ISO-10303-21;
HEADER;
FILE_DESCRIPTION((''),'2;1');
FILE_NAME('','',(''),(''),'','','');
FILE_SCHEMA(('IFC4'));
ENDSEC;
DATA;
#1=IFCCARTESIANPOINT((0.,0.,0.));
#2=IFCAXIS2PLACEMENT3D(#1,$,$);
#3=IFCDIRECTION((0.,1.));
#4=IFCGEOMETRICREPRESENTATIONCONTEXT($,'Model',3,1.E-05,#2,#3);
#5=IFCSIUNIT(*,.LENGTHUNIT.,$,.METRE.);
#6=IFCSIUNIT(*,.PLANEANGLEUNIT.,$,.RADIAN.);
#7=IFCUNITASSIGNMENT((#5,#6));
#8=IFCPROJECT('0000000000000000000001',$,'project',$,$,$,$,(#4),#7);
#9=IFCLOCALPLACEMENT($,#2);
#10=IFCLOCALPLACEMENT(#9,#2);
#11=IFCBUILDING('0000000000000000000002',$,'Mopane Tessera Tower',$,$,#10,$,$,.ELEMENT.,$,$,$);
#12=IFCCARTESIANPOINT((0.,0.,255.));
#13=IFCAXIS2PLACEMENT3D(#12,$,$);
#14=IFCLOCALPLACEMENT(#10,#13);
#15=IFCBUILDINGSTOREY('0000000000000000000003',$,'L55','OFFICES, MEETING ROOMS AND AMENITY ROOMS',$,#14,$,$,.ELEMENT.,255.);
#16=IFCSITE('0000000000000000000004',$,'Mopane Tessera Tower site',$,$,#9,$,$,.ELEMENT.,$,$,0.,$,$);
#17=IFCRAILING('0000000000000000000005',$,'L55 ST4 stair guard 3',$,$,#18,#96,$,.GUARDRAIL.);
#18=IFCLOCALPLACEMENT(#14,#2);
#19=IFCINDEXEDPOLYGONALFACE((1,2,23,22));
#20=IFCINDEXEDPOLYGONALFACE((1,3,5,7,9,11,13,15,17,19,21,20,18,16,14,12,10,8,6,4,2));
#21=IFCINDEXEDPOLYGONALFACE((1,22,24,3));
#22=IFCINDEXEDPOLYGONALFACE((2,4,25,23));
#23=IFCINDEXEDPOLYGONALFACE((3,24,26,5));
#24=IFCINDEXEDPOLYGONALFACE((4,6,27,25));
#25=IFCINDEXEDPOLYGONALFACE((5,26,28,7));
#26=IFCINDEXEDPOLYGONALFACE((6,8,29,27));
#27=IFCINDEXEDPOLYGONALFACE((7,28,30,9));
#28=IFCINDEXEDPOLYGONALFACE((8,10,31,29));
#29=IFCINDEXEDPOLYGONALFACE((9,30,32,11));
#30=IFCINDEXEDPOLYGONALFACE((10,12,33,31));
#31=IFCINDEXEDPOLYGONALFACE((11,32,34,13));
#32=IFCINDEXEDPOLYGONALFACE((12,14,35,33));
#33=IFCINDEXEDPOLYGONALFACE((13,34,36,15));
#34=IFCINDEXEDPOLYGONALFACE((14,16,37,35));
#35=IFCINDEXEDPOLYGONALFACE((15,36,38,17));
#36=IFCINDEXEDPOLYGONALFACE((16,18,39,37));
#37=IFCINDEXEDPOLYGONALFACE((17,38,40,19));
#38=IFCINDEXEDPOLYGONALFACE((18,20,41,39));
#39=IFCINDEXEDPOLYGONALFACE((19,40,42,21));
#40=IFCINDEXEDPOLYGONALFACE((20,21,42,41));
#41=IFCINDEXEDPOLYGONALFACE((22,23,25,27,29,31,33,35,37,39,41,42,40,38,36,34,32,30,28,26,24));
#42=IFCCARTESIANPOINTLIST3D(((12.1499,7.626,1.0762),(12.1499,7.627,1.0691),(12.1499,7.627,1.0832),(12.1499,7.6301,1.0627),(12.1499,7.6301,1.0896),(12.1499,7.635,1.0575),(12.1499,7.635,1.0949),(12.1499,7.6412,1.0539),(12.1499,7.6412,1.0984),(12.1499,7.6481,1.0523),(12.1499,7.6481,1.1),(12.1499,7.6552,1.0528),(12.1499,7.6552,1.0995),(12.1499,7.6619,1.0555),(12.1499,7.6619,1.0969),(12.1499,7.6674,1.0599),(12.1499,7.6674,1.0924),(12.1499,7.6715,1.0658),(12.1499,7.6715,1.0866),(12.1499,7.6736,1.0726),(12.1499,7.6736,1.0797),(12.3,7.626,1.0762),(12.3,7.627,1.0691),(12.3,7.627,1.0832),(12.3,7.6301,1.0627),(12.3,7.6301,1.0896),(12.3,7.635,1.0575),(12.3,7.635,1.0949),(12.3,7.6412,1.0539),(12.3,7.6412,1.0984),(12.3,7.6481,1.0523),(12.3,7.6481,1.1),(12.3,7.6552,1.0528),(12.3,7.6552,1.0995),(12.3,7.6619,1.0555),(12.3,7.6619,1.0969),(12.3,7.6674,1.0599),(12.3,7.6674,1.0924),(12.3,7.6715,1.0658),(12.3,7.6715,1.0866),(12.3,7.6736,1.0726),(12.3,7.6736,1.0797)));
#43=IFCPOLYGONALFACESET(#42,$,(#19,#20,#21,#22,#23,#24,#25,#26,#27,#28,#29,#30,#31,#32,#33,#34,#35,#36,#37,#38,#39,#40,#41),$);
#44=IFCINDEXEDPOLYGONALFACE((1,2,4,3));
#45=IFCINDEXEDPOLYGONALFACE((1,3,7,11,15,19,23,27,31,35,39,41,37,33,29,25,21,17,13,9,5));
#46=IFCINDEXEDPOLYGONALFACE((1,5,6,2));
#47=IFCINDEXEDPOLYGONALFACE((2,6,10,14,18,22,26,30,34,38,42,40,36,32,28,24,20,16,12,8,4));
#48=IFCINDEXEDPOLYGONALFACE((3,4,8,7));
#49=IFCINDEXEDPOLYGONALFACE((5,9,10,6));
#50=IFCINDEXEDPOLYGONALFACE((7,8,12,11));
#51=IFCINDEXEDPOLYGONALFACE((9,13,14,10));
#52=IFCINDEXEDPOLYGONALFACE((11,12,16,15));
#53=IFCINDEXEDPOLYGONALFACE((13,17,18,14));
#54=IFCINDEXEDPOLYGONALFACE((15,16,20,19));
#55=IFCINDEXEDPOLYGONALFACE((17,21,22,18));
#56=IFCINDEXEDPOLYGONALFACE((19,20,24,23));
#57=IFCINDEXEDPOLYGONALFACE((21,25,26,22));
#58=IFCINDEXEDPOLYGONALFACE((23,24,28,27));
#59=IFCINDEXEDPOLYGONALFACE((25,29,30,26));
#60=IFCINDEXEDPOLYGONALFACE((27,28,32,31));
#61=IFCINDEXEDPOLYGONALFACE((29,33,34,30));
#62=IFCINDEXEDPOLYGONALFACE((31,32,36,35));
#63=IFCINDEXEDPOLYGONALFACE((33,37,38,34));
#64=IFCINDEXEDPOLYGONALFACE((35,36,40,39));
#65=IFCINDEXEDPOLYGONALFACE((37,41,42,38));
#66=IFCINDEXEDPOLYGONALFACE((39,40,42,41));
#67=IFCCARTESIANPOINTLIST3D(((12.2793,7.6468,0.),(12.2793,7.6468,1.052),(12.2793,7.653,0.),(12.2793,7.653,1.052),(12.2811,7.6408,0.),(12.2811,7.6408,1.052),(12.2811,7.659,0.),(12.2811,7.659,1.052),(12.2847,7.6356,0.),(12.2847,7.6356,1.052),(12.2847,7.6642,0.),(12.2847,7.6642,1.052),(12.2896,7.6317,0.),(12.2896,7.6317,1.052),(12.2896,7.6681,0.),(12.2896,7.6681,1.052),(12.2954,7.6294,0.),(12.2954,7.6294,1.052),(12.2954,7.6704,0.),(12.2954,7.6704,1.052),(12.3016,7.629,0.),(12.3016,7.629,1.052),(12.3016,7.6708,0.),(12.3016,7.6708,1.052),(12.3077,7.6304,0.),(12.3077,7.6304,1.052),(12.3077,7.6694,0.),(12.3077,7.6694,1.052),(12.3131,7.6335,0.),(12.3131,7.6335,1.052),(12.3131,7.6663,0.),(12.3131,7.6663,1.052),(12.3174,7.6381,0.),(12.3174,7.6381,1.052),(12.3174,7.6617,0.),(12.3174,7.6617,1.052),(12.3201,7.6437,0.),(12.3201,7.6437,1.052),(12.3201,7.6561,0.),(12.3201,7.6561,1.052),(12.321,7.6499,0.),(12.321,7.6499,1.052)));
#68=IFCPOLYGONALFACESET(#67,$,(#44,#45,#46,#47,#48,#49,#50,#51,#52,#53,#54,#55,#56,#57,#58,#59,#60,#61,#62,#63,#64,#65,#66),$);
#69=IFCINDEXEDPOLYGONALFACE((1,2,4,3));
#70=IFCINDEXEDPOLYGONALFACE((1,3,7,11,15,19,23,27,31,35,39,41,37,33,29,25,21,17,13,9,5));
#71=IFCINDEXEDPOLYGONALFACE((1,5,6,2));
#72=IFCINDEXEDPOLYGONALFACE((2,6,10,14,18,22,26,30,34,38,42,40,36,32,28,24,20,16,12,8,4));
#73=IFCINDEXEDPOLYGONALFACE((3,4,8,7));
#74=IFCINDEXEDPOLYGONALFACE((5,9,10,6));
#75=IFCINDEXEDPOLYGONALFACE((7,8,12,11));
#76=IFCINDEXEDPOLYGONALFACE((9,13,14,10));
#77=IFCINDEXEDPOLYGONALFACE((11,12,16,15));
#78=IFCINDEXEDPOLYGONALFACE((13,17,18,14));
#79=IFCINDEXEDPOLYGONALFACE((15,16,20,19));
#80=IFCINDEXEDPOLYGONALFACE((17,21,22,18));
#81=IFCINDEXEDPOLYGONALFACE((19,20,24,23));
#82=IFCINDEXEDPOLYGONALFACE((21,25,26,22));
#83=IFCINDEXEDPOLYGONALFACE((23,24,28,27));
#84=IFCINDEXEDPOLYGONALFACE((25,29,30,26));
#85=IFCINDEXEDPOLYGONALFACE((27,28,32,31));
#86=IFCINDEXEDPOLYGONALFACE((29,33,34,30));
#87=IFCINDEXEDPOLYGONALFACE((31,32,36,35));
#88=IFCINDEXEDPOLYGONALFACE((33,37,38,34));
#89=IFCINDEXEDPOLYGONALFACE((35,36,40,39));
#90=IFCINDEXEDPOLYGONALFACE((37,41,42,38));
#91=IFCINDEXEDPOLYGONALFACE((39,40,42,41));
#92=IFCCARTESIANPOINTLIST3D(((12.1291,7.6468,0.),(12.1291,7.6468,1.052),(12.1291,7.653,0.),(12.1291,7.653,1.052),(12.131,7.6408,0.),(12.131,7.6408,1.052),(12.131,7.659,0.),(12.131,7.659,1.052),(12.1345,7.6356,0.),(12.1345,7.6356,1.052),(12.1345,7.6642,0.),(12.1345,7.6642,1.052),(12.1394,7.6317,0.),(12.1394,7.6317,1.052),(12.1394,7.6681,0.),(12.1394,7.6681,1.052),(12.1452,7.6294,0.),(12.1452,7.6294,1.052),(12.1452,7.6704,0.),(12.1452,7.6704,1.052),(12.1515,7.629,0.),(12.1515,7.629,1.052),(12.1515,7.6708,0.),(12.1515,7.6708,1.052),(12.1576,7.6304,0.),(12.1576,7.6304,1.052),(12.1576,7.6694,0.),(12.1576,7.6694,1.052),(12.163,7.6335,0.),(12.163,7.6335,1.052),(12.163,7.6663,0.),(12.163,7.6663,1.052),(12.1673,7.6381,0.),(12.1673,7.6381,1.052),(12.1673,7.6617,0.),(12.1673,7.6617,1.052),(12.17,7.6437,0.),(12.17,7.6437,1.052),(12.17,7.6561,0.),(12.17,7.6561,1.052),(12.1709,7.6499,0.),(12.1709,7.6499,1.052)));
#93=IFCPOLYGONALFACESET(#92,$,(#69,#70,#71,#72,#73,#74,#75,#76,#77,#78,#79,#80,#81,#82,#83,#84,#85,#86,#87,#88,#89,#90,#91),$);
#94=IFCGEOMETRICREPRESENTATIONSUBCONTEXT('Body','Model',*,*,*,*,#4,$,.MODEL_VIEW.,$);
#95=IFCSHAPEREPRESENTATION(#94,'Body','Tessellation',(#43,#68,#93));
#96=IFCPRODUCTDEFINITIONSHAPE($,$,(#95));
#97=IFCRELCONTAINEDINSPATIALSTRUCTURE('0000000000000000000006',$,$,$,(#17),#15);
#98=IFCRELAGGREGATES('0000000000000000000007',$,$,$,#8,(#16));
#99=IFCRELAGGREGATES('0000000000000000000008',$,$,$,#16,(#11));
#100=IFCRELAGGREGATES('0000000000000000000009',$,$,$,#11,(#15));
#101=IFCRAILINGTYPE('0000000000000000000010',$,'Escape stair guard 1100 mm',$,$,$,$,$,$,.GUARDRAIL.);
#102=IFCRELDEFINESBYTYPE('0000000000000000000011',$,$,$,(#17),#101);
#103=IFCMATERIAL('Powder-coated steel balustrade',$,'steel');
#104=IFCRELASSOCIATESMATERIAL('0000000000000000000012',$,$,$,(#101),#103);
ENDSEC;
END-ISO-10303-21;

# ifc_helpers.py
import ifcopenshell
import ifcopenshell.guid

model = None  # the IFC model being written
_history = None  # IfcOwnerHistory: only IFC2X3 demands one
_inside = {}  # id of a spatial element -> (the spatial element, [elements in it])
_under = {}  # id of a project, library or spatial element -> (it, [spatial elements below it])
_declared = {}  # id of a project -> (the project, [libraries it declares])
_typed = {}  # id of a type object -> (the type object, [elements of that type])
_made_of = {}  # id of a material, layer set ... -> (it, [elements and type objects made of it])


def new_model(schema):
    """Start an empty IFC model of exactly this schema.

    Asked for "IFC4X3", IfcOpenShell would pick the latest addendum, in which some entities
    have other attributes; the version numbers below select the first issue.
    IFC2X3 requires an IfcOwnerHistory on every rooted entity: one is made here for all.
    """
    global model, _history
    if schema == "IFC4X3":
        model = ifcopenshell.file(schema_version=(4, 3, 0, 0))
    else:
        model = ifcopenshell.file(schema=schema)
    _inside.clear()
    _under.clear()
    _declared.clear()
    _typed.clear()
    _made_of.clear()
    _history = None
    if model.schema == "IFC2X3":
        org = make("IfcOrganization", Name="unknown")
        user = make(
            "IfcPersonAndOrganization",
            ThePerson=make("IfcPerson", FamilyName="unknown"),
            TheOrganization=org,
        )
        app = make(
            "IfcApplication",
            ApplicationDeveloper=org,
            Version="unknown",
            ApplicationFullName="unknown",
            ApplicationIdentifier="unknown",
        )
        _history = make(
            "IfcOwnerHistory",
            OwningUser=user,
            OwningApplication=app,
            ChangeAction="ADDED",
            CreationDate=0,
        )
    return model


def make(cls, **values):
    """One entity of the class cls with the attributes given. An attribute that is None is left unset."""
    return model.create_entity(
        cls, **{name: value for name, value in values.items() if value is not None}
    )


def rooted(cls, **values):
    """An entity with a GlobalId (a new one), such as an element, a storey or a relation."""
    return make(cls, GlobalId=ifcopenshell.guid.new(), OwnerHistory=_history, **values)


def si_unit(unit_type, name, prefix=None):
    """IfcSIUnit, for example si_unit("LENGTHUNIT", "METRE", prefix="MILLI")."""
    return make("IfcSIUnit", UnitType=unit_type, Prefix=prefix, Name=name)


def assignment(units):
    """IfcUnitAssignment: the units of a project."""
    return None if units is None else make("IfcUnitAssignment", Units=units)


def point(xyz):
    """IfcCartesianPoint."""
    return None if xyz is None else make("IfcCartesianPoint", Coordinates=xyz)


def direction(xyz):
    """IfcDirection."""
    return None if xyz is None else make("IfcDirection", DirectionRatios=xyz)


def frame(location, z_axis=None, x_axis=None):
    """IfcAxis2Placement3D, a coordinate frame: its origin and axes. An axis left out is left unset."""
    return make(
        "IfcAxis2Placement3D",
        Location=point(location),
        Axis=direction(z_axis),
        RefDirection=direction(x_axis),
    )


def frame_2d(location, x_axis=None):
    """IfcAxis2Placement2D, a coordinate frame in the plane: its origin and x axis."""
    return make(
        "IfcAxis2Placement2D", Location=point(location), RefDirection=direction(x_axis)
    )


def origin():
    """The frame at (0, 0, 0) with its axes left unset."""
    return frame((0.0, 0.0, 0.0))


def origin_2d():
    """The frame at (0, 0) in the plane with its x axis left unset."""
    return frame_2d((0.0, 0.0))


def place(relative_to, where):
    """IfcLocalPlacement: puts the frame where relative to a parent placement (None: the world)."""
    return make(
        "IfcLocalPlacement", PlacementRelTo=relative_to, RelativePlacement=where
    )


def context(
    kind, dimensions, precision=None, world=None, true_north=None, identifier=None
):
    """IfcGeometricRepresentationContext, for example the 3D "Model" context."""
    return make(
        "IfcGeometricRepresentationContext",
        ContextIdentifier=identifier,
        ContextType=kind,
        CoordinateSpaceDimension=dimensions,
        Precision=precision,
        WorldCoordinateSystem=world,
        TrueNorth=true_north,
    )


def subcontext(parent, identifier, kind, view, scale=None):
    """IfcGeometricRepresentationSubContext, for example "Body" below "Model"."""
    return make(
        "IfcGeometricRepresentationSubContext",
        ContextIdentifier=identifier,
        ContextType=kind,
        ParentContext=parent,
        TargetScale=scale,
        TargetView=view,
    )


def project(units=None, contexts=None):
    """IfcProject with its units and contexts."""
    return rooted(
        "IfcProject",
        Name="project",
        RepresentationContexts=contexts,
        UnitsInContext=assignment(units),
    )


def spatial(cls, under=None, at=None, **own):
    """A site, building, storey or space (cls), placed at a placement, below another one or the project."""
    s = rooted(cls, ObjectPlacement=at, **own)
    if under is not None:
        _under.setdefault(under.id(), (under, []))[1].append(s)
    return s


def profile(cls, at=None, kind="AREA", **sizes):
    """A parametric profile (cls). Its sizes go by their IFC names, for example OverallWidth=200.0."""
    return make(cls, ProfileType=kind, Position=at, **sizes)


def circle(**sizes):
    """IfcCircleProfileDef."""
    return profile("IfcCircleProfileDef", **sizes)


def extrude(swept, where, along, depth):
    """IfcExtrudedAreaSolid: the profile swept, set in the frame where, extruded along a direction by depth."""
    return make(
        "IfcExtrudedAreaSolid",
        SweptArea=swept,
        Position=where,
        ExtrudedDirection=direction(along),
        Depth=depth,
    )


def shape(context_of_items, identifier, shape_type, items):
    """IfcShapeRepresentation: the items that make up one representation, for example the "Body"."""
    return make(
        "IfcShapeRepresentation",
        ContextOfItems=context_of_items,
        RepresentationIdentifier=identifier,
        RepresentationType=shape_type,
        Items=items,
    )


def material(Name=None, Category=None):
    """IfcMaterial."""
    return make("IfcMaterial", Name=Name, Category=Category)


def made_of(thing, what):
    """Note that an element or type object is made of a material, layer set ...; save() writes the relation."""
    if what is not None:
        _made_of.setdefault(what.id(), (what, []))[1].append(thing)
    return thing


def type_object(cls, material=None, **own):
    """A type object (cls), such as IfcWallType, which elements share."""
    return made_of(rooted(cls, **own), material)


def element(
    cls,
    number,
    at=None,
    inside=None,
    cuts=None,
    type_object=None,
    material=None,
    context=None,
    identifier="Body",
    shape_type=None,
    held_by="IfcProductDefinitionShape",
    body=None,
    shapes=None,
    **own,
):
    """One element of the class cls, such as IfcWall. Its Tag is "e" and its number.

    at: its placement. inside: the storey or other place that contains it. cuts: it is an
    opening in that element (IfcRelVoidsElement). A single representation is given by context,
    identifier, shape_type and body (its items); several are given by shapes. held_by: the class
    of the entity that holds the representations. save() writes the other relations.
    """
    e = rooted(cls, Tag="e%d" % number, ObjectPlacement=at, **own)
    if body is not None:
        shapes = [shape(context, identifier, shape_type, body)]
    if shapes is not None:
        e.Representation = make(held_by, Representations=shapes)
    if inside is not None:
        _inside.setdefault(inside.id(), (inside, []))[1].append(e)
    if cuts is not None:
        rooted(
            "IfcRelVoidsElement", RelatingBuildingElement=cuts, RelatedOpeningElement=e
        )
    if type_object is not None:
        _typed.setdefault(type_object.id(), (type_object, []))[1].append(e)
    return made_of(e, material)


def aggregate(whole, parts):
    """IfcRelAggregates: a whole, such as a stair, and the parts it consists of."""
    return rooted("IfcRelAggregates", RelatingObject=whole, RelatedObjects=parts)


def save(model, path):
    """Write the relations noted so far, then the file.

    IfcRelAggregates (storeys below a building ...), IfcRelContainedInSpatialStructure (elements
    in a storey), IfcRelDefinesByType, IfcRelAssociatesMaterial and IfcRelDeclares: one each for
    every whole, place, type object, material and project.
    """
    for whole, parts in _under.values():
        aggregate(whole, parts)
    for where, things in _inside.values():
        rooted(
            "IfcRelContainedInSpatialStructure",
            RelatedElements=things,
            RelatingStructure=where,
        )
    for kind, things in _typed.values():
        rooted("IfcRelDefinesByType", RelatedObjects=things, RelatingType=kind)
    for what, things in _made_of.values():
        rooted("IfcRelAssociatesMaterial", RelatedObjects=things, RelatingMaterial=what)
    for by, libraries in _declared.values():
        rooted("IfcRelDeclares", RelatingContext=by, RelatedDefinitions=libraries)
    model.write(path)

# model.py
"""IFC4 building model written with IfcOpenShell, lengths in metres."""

from ifc_helpers import new_model, si_unit, direction, frame, origin, origin_2d, place, context, subcontext, project, spatial, circle, extrude, material, type_object, element, save


model = new_model("IFC4")

# Units and contexts
model_context = context("Model", 3, precision=1e-05, world=origin(), true_north=direction((0.0, 1.0)))
body_context = subcontext(model_context, "Body", "Model", "MODEL_VIEW")
ifc_project = project(units=[si_unit("LENGTHUNIT", "METRE"), si_unit("PLANEANGLEUNIT", "RADIAN")], contexts=[model_context])

# Site, building, storey
site_placement = place(None, origin())
site = spatial("IfcSite", under=ifc_project, at=site_placement, Name="Mopane Tessera Tower site", CompositionType="ELEMENT", RefElevation=0.0)
building_placement = place(site_placement, origin())
building = spatial("IfcBuilding", under=site, at=building_placement, Name="Mopane Tessera Tower", CompositionType="ELEMENT")
storey_placement = place(building_placement, frame((0.0, 0.0, 255.0)))
storey = spatial("IfcBuildingStorey", under=building, at=storey_placement, Name="L55", Description="OFFICES, MEETING ROOMS AND AMENITY ROOMS", CompositionType="ELEMENT", Elevation=255.0)

# Railing
ifc_material_1 = material(Name="Powder-coated steel balustrade", Category="steel")
railing_type_1 = type_object("IfcRailingType", Name="Escape stair guard 1100 mm", PredefinedType="GUARDRAIL", material=ifc_material_1)
railing_1_placement = place(storey_placement, frame((12.3, 7.6499, 0.0)))
element("IfcRailing", 1, at=railing_1_placement, inside=storey, type_object=railing_type_1, Name="L55 ST4 stair guard 3", PredefinedType="GUARDRAIL", context=body_context, shape_type="SweptSolid", body=[
    extrude(circle(Radius=0.0239, at=origin_2d()), frame((0.0, 0.0, 1.0762), z_axis=(-1.0, 0.0, 0.0), x_axis=(0.0, -1.0, 0.0)), (0.0, 0.0, 1.0), 0.1501),
    extrude(circle(Radius=0.021, at=origin_2d()), origin(), (0.0, 0.0, 1.0), 1.052),
    extrude(circle(Radius=0.021, at=origin_2d()), frame((-0.1501, 0.0, 0.0)), (0.0, 0.0, 1.0), 1.052),
])

save(model, "model.ifc")
